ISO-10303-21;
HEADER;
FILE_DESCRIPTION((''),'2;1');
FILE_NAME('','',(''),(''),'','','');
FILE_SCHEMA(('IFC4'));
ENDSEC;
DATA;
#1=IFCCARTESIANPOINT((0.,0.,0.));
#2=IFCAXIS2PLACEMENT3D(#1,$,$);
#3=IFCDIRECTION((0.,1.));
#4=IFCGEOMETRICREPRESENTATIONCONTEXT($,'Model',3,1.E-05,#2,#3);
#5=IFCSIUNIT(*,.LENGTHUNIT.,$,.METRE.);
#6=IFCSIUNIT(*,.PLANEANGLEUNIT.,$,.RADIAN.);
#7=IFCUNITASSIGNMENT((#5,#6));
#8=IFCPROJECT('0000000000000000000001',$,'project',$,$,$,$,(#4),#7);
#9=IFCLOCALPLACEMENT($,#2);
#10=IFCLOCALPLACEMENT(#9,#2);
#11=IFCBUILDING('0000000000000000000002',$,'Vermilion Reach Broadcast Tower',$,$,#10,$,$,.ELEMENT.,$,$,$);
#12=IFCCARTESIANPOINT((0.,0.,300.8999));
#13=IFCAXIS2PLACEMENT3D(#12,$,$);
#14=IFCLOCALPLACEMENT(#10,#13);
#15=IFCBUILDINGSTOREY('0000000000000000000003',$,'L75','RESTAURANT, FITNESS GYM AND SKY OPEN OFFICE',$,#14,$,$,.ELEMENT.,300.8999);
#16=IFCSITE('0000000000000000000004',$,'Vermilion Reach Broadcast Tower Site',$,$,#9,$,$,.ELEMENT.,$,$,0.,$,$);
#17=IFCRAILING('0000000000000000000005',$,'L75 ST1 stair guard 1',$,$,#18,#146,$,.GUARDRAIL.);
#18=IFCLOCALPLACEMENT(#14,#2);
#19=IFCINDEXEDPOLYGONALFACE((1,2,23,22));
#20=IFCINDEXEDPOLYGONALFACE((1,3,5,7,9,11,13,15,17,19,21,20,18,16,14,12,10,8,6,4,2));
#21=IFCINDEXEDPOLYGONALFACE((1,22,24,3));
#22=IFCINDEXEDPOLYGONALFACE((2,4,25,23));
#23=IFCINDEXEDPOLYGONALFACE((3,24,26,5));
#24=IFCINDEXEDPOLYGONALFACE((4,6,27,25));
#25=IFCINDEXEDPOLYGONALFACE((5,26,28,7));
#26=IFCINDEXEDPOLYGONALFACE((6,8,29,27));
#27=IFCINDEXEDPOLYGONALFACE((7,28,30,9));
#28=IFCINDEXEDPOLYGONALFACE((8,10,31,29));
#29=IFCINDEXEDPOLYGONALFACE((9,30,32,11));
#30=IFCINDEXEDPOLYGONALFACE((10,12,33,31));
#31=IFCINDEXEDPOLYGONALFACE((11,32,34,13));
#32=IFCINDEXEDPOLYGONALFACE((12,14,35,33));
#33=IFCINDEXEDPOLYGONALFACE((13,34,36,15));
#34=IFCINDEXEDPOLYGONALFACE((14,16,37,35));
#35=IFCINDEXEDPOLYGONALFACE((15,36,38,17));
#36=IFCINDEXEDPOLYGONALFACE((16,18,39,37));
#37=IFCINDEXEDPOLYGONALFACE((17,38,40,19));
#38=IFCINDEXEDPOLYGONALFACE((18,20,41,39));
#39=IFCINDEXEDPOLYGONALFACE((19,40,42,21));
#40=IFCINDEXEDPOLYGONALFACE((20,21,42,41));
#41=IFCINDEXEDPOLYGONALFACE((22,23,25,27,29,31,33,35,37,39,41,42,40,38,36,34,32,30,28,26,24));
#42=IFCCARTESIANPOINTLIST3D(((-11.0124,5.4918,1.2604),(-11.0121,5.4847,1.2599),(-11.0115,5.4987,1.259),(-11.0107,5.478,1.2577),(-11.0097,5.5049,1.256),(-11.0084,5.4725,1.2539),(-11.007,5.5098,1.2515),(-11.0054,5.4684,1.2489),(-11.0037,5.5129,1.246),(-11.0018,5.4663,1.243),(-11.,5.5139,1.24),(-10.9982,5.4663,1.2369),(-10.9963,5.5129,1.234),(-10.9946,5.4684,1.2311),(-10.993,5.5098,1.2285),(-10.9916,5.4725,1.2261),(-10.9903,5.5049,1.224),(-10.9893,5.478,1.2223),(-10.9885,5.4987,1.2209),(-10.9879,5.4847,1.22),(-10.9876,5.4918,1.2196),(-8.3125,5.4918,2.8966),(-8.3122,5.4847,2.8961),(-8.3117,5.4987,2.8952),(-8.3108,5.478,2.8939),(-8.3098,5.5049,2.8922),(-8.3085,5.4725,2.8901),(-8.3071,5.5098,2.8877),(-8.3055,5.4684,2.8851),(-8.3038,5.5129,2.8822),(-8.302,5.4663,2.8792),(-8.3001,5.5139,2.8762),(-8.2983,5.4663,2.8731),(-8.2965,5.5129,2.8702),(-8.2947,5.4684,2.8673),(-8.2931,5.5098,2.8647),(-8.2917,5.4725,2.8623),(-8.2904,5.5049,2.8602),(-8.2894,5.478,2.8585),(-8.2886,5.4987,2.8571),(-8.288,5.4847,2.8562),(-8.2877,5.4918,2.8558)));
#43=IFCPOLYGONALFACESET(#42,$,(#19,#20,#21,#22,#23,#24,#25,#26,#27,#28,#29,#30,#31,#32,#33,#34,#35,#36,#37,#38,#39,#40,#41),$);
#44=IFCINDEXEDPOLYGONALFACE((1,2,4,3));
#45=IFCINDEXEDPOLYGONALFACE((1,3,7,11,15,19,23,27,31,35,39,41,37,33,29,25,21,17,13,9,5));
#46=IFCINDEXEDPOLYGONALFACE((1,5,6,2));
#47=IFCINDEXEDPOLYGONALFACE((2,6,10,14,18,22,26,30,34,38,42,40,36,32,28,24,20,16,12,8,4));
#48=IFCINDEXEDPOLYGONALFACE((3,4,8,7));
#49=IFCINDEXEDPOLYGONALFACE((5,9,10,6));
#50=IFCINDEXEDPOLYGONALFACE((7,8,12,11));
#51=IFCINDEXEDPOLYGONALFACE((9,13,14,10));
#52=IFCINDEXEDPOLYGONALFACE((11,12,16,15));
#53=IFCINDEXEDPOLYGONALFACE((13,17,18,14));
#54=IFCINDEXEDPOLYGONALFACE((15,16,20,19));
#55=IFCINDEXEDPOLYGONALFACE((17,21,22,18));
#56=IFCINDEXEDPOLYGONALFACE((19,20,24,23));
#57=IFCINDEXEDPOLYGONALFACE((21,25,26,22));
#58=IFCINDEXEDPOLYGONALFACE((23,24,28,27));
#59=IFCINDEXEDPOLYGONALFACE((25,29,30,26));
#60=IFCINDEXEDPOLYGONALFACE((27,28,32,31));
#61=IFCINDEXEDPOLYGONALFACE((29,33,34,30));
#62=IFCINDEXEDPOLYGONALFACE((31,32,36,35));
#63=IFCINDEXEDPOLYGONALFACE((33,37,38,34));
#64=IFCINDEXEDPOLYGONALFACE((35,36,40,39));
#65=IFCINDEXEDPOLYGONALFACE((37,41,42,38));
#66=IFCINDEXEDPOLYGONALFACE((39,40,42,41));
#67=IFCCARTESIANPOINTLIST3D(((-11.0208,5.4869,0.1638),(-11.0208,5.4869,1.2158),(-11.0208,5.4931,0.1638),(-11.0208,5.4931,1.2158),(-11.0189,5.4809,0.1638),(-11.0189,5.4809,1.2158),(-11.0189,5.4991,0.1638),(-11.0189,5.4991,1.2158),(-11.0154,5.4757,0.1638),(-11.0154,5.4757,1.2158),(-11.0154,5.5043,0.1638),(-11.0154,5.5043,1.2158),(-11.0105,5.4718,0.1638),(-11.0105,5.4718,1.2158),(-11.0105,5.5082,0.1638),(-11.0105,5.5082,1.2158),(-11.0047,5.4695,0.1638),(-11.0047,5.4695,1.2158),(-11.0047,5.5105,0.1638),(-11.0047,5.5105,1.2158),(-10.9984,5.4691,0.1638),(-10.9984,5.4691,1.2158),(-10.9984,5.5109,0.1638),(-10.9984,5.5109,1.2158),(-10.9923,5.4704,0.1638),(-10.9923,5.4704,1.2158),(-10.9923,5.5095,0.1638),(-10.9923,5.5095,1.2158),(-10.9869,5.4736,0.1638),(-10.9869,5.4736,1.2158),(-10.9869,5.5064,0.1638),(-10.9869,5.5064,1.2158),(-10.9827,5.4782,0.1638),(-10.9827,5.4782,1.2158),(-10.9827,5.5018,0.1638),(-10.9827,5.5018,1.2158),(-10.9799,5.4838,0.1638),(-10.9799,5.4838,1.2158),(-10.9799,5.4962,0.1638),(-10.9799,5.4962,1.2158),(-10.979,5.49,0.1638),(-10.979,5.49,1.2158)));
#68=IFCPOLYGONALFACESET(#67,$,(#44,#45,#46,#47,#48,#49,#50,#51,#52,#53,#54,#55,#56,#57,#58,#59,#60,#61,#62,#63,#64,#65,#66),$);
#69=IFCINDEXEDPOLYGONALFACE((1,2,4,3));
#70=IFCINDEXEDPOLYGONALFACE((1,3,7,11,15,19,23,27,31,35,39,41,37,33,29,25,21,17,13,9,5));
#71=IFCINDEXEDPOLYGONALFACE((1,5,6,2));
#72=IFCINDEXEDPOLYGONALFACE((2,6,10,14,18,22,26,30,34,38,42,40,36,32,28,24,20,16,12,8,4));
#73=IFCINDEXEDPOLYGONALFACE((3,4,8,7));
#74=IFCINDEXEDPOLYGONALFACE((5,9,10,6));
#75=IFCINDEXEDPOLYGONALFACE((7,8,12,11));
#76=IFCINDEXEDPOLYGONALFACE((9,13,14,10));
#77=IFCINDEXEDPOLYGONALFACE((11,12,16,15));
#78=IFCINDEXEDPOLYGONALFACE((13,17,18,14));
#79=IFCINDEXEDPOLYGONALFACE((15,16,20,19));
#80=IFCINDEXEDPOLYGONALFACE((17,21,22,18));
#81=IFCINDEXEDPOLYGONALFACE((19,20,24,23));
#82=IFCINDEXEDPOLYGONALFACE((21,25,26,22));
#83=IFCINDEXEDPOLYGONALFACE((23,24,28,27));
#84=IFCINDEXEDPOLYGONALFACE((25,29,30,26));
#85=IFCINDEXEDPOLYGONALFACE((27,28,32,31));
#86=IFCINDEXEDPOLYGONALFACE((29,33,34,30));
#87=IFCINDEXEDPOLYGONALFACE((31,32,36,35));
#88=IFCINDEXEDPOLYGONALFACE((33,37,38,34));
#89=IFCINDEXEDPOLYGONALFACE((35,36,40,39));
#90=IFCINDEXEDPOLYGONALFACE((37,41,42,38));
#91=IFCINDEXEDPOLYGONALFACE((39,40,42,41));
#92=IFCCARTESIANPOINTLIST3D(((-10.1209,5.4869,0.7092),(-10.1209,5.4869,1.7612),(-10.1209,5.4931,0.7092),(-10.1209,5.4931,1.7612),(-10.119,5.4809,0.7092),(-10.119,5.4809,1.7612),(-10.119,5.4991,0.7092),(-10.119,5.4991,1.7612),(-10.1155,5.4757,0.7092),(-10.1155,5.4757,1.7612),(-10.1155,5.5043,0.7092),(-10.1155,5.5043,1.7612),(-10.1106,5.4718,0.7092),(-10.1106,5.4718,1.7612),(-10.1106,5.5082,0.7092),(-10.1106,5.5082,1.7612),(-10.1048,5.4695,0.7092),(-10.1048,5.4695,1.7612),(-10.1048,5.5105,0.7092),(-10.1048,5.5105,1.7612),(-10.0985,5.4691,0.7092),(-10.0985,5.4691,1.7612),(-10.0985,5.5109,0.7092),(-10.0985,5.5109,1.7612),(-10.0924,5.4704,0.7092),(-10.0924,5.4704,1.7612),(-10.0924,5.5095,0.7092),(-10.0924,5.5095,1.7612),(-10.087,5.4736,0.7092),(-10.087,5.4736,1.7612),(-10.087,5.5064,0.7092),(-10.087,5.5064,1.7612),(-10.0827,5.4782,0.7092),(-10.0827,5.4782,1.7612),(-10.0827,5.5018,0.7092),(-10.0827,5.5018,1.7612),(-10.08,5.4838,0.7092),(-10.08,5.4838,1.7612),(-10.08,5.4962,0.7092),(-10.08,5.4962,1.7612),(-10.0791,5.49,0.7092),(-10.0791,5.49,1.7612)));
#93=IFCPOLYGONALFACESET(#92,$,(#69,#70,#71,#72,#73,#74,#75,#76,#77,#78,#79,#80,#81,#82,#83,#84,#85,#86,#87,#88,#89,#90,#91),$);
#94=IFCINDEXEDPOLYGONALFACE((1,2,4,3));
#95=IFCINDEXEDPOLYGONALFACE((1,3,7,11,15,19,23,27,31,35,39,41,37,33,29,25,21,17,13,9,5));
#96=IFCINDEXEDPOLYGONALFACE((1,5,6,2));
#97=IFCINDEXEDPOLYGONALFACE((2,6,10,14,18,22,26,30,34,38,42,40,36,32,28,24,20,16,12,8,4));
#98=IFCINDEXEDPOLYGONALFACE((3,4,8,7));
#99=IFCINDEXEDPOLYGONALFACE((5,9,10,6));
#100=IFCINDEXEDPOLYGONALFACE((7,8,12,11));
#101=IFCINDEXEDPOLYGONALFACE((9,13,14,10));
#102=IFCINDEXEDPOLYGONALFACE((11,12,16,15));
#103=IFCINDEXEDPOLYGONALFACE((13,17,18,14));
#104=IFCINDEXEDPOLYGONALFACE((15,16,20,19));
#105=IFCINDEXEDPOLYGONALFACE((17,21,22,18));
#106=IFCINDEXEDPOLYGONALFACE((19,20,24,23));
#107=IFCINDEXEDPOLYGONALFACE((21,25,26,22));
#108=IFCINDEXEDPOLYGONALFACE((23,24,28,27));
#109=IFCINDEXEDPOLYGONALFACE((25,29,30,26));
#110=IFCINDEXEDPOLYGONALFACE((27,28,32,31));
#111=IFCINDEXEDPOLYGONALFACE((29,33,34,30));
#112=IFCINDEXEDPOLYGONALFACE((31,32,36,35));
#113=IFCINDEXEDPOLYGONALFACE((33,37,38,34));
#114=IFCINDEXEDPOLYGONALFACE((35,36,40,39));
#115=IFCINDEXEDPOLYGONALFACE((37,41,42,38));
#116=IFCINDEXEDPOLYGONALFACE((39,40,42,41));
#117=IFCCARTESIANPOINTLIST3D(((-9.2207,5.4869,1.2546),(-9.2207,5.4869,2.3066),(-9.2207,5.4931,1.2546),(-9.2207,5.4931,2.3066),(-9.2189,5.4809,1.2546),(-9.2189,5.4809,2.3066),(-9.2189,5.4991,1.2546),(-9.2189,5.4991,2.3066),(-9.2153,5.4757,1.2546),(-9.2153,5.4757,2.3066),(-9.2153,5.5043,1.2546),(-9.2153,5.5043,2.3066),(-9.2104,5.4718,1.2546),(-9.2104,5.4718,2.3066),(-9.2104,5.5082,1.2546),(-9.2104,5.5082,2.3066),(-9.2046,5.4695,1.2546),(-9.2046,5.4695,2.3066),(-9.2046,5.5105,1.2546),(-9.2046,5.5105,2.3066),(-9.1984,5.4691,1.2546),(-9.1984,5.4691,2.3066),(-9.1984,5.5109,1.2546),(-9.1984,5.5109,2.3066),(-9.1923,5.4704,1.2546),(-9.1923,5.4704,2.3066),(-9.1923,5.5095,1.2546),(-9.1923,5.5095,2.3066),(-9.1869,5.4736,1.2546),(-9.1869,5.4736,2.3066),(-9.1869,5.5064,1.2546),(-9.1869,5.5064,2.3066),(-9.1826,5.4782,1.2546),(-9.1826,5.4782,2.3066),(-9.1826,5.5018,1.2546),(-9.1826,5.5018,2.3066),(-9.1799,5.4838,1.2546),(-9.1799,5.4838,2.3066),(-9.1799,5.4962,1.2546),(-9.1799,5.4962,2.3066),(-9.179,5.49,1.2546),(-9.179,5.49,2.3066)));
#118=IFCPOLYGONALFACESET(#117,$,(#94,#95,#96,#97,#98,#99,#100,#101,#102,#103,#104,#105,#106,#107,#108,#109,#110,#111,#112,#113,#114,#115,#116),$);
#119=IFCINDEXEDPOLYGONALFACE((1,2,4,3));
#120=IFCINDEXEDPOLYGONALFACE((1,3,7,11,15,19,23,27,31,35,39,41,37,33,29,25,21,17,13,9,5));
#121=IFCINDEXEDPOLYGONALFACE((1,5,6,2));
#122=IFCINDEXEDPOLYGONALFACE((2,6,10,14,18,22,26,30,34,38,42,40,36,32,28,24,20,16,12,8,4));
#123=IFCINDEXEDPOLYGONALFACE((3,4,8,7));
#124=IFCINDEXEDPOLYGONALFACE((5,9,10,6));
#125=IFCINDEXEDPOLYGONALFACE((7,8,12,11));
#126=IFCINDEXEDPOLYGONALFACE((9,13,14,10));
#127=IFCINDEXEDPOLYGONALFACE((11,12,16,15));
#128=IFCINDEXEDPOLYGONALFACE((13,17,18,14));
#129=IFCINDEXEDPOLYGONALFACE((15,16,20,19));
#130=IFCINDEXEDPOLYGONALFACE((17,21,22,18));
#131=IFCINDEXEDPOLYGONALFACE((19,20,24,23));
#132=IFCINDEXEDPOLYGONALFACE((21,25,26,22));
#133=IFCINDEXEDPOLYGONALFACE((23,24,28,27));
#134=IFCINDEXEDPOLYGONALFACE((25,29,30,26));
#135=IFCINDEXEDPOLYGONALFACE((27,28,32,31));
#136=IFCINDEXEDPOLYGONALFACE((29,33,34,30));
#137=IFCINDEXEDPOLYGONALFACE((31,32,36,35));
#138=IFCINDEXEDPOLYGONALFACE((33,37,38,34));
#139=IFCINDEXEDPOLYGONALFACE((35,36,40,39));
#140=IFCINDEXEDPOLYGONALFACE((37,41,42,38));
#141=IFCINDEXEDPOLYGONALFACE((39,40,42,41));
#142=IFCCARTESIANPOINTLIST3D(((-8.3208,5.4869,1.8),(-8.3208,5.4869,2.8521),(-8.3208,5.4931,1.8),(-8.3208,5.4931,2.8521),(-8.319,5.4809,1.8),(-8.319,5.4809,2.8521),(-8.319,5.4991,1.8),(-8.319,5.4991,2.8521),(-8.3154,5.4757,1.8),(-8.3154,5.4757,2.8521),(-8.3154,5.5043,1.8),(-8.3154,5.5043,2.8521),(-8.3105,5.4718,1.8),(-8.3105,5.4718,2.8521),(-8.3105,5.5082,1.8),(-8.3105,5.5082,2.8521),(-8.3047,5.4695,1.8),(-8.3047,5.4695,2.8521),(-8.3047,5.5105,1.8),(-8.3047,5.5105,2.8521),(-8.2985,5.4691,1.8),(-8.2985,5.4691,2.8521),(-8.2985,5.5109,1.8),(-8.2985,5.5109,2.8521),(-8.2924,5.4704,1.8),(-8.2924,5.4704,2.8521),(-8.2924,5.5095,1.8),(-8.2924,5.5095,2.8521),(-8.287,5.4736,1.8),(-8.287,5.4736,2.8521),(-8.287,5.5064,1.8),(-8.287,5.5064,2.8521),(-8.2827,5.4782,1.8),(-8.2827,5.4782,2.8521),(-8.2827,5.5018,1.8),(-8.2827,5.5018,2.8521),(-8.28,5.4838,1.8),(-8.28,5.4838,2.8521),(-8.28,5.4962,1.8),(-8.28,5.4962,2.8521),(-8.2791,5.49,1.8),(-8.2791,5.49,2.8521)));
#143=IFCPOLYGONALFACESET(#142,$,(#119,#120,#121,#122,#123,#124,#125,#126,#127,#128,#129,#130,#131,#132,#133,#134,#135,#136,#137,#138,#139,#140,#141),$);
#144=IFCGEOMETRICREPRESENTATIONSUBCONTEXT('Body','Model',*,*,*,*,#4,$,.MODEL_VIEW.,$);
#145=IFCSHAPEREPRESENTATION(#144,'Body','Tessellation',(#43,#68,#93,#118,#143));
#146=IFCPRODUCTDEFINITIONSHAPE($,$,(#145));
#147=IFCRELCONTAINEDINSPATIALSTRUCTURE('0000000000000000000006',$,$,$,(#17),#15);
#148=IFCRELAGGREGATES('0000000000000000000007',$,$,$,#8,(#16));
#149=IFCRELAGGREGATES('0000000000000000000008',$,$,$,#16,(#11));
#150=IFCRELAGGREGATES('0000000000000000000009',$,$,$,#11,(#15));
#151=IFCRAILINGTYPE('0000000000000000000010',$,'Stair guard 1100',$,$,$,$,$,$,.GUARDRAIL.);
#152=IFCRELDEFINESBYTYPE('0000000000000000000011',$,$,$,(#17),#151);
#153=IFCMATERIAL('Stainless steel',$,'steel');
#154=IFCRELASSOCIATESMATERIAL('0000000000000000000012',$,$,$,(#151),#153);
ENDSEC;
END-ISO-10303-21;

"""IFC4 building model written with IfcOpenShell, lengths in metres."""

from ifc_helpers import new_model, si_unit, direction, frame, origin, origin_2d, place, context, subcontext, project, spatial, circle, extrude, material, type_object, element, save


model = new_model("IFC4")

# Units and contexts
model_context = context("Model", 3, precision=1e-05, world=origin(), true_north=direction((0.0, 1.0)))
body_context = subcontext(model_context, "Body", "Model", "MODEL_VIEW")
ifc_project = project(units=[si_unit("LENGTHUNIT", "METRE"), si_unit("PLANEANGLEUNIT", "RADIAN")], contexts=[model_context])

# Site, building, storey
site_placement = place(None, origin())
site = spatial("IfcSite", under=ifc_project, at=site_placement, Name="Vermilion Reach Broadcast Tower Site", CompositionType="ELEMENT", RefElevation=0.0)
building_placement = place(site_placement, origin())
building = spatial("IfcBuilding", under=site, at=building_placement, Name="Vermilion Reach Broadcast Tower", CompositionType="ELEMENT")
storey_placement = place(building_placement, frame((0.0, 0.0, 300.8999)))
storey = spatial("IfcBuildingStorey", under=building, at=storey_placement, Name="L75", Description="RESTAURANT, FITNESS GYM AND SKY OPEN OFFICE", CompositionType="ELEMENT", Elevation=300.8999)

# Railing
ifc_material_1 = material(Name="Stainless steel", Category="steel")
railing_type_1 = type_object("IfcRailingType", Name="Stair guard 1100", PredefinedType="GUARDRAIL", material=ifc_material_1)
railing_1_placement = place(storey_placement, frame((-11.0, 5.49, 0.1638)))
element("IfcRailing", 1, at=railing_1_placement, inside=storey, type_object=railing_type_1, Name="L75 ST1 stair guard 1", PredefinedType="GUARDRAIL", context=body_context, shape_type="SweptSolid", body=[
    extrude(circle(Radius=0.0239, at=origin_2d()), frame((0.0, 0.0, 1.0762), z_axis=(0.855212, 0.0, 0.518278), x_axis=(0.0, 1.0, 0.0)), (0.0, 0.0, 1.0), 3.157),
    extrude(circle(Radius=0.021, at=origin_2d()), origin(), (0.0, 0.0, 1.0), 1.052),
    extrude(circle(Radius=0.021, at=origin_2d()), frame((0.8999, 0.0, 0.5454)), (0.0, 0.0, 1.0), 1.052),
    extrude(circle(Radius=0.021, at=origin_2d()), frame((1.8, 0.0, 1.0908)), (0.0, 0.0, 1.0), 1.052),
    extrude(circle(Radius=0.021, at=origin_2d()), frame((2.7, 0.0, 1.6362)), (0.0, 0.0, 1.0), 1.052),
])

save(model, "model.ifc")
